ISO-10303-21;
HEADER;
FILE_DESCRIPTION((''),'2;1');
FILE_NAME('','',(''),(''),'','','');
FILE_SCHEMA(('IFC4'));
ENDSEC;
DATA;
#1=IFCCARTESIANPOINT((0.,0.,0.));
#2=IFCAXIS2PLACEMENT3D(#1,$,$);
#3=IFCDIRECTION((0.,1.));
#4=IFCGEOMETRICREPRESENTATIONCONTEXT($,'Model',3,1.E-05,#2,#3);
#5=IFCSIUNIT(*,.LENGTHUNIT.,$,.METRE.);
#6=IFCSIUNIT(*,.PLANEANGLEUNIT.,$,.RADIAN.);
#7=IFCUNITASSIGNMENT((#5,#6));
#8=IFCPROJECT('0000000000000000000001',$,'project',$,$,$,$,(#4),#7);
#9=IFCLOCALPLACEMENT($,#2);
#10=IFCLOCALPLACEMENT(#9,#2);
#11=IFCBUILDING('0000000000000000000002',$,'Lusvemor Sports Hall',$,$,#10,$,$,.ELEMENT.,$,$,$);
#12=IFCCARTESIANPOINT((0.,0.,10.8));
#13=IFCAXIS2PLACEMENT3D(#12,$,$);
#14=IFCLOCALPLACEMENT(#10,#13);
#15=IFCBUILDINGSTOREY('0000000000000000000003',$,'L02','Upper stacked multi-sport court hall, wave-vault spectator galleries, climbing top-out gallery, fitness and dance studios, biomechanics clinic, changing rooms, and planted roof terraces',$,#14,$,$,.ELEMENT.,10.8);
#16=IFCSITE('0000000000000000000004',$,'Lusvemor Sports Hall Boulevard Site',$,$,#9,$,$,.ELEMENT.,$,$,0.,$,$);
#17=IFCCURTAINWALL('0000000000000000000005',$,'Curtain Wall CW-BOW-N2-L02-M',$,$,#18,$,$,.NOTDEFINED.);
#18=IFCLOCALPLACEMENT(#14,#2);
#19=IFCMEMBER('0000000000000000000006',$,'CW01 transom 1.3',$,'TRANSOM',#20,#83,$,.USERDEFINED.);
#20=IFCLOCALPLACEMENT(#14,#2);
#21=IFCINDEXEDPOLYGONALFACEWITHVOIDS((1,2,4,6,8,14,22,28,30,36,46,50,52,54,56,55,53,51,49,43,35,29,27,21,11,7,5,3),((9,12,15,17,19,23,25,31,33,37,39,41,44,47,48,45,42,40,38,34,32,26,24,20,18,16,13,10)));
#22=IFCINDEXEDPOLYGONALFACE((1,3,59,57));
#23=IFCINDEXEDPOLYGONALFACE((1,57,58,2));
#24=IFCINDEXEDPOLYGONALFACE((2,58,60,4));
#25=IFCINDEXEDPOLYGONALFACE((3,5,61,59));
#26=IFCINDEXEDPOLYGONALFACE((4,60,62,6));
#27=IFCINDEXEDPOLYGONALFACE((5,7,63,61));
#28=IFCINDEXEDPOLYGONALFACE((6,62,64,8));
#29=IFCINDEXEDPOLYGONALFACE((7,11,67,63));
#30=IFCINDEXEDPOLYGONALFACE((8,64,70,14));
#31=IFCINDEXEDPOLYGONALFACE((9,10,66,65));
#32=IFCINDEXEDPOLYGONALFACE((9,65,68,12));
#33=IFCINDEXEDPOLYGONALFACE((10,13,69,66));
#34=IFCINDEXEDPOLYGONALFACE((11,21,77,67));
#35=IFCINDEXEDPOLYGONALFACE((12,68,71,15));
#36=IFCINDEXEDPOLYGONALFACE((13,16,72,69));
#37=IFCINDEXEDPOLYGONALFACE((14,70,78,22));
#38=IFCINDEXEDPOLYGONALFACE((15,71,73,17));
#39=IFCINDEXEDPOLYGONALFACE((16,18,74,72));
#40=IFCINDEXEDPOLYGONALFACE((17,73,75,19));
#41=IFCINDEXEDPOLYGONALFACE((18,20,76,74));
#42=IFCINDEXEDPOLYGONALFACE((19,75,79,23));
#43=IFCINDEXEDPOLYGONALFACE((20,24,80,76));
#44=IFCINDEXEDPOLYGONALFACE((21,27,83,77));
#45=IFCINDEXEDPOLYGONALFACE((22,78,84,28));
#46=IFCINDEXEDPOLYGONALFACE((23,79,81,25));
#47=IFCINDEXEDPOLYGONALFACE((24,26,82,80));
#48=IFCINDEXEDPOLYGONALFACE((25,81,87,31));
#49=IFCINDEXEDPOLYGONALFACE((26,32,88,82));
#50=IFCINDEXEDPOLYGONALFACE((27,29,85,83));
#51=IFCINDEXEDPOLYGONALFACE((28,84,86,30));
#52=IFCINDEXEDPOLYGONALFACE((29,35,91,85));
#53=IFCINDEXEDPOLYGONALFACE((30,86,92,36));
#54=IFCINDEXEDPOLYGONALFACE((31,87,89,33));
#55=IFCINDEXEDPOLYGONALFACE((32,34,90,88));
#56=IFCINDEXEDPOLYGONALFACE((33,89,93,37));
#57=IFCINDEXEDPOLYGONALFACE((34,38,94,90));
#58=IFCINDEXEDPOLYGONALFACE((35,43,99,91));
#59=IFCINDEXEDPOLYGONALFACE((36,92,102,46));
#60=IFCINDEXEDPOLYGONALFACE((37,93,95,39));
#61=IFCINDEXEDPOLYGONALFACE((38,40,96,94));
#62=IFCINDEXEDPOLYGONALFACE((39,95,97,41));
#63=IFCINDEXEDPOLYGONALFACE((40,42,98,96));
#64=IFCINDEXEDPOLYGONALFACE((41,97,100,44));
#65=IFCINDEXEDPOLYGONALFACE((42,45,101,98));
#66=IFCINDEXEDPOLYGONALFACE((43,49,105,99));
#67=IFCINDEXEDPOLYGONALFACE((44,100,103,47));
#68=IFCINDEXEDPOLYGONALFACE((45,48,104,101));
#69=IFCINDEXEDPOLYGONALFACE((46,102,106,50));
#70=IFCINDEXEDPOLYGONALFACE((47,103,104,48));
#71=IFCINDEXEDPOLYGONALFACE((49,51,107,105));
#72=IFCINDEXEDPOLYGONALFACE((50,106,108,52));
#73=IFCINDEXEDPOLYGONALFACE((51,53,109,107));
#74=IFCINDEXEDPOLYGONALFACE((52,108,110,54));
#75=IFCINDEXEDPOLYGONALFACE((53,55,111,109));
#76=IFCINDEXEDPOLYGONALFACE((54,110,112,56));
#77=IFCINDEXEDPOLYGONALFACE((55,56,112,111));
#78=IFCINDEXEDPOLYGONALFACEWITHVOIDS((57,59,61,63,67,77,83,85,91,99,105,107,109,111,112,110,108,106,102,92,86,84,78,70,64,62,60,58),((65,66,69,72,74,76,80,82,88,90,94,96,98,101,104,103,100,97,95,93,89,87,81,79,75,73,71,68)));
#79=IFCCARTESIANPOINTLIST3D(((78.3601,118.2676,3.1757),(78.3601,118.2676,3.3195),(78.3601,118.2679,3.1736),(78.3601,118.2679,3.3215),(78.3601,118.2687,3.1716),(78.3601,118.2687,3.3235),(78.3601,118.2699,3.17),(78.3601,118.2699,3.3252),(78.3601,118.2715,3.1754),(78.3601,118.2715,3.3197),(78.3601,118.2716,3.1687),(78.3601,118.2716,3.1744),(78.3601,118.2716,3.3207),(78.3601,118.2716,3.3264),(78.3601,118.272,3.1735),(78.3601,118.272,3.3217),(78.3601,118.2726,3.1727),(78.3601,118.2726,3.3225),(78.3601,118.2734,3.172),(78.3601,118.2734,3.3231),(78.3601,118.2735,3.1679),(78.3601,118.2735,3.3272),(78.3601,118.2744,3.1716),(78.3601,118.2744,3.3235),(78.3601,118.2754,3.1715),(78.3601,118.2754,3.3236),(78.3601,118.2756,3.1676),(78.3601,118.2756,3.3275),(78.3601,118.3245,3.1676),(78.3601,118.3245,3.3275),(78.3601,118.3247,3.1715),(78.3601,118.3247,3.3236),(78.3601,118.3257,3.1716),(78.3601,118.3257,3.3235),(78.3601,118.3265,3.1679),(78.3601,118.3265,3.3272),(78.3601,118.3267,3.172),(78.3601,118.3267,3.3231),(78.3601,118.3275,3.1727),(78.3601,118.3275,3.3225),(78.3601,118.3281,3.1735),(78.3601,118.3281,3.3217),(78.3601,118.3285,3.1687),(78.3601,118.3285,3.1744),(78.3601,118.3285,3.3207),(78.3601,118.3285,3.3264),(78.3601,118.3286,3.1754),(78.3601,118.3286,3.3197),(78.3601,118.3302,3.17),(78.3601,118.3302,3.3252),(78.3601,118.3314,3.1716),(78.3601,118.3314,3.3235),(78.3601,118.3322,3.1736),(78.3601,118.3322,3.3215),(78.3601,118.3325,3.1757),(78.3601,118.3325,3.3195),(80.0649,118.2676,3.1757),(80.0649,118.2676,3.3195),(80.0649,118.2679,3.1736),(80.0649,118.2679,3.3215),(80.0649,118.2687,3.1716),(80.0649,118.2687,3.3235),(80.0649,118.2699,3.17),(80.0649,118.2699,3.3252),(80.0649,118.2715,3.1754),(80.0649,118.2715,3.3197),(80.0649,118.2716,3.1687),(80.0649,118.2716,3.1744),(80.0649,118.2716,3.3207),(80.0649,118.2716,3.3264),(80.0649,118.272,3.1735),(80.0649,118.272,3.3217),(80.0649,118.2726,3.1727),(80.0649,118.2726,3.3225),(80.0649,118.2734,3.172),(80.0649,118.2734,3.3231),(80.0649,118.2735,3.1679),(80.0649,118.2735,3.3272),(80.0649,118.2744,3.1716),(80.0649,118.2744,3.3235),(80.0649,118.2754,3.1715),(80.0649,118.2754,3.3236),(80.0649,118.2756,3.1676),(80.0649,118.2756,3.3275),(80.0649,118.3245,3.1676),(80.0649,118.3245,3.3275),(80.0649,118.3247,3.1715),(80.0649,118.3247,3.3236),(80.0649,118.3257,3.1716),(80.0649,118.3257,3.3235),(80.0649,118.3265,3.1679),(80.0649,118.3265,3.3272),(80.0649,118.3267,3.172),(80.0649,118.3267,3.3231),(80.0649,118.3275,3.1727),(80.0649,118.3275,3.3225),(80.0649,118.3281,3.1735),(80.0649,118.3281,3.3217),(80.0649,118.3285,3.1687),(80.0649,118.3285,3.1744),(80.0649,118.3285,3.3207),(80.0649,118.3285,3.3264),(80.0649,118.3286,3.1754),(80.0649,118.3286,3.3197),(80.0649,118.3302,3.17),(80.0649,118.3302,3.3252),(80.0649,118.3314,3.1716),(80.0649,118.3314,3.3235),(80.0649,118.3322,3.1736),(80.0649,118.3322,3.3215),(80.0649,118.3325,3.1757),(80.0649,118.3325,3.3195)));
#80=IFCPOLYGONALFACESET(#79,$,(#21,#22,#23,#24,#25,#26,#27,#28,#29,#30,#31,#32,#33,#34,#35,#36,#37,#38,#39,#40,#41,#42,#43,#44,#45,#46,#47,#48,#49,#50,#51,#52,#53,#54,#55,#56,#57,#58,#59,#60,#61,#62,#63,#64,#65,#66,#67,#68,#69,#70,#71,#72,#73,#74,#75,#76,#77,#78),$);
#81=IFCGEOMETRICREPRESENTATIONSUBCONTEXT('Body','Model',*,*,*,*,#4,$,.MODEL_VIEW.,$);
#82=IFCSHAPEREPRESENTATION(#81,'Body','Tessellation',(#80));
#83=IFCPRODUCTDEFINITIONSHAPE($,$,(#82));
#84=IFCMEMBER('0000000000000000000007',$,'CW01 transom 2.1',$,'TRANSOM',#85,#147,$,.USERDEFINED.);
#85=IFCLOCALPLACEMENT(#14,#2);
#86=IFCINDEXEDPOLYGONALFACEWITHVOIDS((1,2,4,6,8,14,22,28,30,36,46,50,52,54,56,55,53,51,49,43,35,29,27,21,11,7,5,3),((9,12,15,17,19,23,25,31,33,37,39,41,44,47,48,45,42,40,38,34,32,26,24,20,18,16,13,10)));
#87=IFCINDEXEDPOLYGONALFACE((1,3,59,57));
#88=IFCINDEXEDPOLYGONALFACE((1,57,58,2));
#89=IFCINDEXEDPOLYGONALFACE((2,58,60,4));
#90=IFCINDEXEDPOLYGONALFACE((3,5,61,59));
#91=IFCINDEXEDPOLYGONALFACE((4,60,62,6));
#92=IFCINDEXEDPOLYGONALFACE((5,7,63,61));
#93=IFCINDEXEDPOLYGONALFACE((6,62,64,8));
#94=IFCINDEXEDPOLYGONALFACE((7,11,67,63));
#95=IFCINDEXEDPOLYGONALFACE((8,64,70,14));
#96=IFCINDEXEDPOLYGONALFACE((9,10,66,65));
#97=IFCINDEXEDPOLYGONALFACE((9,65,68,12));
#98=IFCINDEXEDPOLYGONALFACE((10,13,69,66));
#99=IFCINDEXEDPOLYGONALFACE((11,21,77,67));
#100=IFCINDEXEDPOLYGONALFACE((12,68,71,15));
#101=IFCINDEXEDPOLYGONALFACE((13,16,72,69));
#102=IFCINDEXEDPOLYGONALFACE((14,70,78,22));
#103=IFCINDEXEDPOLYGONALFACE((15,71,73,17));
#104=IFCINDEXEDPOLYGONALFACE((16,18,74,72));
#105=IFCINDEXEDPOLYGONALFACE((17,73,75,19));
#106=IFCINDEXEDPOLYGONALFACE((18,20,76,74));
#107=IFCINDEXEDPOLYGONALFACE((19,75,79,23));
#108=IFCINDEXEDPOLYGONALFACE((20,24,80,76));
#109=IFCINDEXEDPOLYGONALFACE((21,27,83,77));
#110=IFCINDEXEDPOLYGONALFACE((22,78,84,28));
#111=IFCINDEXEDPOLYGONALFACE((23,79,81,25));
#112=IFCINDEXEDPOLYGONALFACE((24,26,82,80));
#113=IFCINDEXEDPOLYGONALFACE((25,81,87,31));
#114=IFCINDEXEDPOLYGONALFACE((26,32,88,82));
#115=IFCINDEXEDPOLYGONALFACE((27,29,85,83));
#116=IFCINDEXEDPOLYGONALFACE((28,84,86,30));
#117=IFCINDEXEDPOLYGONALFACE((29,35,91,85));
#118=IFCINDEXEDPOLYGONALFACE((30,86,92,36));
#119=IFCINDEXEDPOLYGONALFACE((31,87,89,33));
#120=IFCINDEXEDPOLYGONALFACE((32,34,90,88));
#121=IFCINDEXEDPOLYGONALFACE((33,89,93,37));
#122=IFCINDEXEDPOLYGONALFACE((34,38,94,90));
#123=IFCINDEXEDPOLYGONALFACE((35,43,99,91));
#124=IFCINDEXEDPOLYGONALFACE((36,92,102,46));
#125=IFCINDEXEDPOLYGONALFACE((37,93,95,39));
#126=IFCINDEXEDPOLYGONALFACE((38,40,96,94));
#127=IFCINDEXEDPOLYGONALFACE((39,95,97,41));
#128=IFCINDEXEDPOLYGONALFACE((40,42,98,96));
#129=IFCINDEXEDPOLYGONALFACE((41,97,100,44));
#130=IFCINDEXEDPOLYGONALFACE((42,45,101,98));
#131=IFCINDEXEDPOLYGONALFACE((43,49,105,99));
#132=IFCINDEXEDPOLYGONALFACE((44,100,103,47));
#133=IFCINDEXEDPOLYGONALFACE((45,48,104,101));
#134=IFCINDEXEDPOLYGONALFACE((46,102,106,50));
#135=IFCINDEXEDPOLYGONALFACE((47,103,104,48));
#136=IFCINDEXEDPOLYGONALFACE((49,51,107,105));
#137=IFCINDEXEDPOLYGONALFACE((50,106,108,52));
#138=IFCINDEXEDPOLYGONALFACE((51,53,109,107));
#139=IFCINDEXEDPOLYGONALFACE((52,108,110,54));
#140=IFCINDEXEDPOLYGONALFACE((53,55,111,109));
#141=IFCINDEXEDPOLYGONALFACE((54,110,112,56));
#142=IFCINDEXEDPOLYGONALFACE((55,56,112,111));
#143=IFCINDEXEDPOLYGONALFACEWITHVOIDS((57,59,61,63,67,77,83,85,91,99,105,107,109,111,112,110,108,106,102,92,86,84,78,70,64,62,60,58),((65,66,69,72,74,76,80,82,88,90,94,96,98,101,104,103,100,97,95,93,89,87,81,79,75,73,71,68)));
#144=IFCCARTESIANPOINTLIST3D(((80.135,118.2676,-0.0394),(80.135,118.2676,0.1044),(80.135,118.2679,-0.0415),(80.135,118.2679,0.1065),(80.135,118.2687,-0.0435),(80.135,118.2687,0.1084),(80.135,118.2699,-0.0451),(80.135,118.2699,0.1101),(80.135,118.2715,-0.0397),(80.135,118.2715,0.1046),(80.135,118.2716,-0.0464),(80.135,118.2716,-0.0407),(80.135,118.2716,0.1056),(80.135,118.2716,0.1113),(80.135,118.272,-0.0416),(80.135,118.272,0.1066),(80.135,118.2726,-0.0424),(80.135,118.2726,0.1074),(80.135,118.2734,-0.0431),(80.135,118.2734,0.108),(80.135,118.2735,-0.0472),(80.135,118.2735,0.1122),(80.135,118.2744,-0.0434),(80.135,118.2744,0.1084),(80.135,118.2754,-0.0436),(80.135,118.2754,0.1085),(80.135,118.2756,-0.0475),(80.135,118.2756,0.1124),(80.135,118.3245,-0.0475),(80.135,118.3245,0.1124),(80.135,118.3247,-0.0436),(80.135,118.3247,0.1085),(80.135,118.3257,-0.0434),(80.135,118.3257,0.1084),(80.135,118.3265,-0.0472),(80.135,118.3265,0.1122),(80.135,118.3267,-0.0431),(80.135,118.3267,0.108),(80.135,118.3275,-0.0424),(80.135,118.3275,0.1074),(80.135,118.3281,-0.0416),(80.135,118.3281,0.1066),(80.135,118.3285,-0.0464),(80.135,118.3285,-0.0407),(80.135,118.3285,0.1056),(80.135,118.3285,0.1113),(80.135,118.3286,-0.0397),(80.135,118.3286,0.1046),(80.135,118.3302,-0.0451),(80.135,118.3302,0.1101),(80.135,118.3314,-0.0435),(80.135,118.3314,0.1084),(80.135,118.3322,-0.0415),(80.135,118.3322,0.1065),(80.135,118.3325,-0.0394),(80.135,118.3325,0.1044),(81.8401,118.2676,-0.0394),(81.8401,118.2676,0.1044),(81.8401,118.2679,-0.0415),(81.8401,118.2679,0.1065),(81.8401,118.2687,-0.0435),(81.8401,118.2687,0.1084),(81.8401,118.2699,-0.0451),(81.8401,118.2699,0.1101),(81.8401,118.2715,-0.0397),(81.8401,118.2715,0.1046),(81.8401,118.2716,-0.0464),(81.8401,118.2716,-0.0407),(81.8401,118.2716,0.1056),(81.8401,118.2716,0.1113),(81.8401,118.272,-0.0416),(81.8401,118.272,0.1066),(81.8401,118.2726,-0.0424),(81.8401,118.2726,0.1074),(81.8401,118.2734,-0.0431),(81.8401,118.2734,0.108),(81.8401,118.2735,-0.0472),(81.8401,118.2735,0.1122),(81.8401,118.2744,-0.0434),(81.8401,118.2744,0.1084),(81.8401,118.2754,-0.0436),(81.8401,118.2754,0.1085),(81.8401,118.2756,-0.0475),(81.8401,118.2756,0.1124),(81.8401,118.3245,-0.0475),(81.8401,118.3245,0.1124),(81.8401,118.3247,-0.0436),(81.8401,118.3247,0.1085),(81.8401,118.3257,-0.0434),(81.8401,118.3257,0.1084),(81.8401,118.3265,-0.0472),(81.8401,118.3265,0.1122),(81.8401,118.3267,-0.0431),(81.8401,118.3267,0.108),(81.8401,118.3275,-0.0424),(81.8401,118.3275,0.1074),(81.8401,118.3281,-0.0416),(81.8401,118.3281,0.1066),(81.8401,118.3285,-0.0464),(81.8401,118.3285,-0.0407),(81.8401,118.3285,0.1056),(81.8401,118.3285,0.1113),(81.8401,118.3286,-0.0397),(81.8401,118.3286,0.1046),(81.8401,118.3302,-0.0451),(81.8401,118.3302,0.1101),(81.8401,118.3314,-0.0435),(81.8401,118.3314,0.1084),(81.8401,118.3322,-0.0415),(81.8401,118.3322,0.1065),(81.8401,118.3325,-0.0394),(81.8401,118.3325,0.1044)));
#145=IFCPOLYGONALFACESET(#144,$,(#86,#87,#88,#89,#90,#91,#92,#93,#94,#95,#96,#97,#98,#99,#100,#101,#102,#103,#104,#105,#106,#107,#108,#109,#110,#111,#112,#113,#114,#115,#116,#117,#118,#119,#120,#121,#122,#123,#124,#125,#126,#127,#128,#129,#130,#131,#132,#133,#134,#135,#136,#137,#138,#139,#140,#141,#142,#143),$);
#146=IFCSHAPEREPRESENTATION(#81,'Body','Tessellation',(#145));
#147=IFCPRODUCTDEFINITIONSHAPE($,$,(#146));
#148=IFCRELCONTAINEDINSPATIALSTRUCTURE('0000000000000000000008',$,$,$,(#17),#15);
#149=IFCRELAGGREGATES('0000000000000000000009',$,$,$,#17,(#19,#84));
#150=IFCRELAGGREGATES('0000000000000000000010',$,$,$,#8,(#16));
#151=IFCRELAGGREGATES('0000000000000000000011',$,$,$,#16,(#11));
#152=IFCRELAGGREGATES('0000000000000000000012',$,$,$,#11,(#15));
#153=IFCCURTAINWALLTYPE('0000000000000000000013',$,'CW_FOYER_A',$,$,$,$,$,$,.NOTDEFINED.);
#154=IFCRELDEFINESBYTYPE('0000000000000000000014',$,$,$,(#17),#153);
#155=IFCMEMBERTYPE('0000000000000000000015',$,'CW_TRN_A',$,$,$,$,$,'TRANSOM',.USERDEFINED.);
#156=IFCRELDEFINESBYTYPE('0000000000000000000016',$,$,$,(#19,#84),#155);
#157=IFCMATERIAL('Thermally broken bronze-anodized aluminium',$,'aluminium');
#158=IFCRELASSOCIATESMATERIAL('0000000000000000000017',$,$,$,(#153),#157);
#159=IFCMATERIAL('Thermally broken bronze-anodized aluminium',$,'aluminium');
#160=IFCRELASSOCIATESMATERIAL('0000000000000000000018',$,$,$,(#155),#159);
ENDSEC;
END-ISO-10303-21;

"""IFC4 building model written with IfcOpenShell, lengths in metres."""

from ifc_helpers import new_model, si_unit, direction, frame, origin, origin_2d, place, context, subcontext, project, spatial, hollow_rectangle, extrude, material, material_profile, profile_set, type_object, element, aggregate, save


model = new_model("IFC4")

# Units and contexts
model_context = context("Model", 3, precision=1e-05, world=origin(), true_north=direction((0.0, 1.0)))
body_context = subcontext(model_context, "Body", "Model", "MODEL_VIEW")
ifc_project = project(units=[si_unit("LENGTHUNIT", "METRE"), si_unit("PLANEANGLEUNIT", "RADIAN")], contexts=[model_context])

# Site, building, storey
site_placement = place(None, origin())
site = spatial("IfcSite", under=ifc_project, at=site_placement, Name="Lusvemor Sports Hall Boulevard Site", CompositionType="ELEMENT", RefElevation=0.0)
building_placement = place(site_placement, origin())
building = spatial("IfcBuilding", under=site, at=building_placement, Name="Lusvemor Sports Hall", CompositionType="ELEMENT")
storey_placement = place(building_placement, frame((0.0, 0.0, 10.8)))
storey = spatial("IfcBuildingStorey", under=building, at=storey_placement, Name="L02", Description="Upper stacked multi-sport court hall, wave-vault spectator galleries, climbing top-out gallery, fitness and dance studios, biomechanics clinic, changing rooms, and planted roof terraces", CompositionType="ELEMENT", Elevation=10.8)

# Curtain wall
ifc_material_1 = material(Name="Thermally broken bronze-anodized aluminium", Category="aluminium")
curtain_wall_type_1 = type_object("IfcCurtainWallType", Name="CW_FOYER_A", PredefinedType="NOTDEFINED", material=ifc_material_1)
curtain_wall_1_placement = place(storey_placement, origin())
curtain_wall_1 = element("IfcCurtainWall", 1, at=curtain_wall_1_placement, inside=storey, type_object=curtain_wall_type_1, Name="Curtain Wall CW-BOW-N2-L02-M", PredefinedType="NOTDEFINED")

# Members
ifc_material_2 = material(Name="Thermally broken bronze-anodized aluminium", Category="aluminium")
ifc_material_profile_1 = material_profile(ifc_material_2, hollow_rectangle(XDim=0.0649, YDim=0.1599, WallThickness=0.0039, InnerFilletRadius=0.0039, OuterFilletRadius=0.0081, at=origin_2d()), Name="CWTRN160x65x4")
ifc_profile_set_1 = profile_set([ifc_material_profile_1], Name="Thermally broken bronze-anodized aluminium")
member_type_1 = type_object("IfcMemberType", Name="CW_TRN_A", ElementType="TRANSOM", PredefinedType="USERDEFINED", material=ifc_profile_set_1)
member_1_placement = place(storey_placement, frame((78.3601, 118.3, 3.2476), z_axis=(1.0, 0.0, 0.0), x_axis=(0.0, 1.0, 0.0)))
member_1 = element("IfcMember", 2, at=member_1_placement, type_object=member_type_1, Name="CW01 transom 1.3", ObjectType="TRANSOM", PredefinedType="USERDEFINED", context=body_context, shape_type="SweptSolid", body=[
    extrude(hollow_rectangle(XDim=0.0649, YDim=0.1599, WallThickness=0.0039, InnerFilletRadius=0.0039, OuterFilletRadius=0.0081, at=origin_2d()), origin(), (0.0, 0.0, 1.0), 1.7048),
])
member_2_placement = place(storey_placement, frame((80.135, 118.3, 0.0325), z_axis=(1.0, 0.0, 0.0), x_axis=(0.0, 1.0, 0.0)))
member_2 = element("IfcMember", 3, at=member_2_placement, type_object=member_type_1, Name="CW01 transom 2.1", ObjectType="TRANSOM", PredefinedType="USERDEFINED", context=body_context, shape_type="SweptSolid", body=[
    extrude(hollow_rectangle(XDim=0.0649, YDim=0.1599, WallThickness=0.0039, InnerFilletRadius=0.0039, OuterFilletRadius=0.0081, at=origin_2d()), origin(), (0.0, 0.0, 1.0), 1.7051),
])

aggregate(curtain_wall_1, [member_1, member_2])

save(model, "model.ifc")
